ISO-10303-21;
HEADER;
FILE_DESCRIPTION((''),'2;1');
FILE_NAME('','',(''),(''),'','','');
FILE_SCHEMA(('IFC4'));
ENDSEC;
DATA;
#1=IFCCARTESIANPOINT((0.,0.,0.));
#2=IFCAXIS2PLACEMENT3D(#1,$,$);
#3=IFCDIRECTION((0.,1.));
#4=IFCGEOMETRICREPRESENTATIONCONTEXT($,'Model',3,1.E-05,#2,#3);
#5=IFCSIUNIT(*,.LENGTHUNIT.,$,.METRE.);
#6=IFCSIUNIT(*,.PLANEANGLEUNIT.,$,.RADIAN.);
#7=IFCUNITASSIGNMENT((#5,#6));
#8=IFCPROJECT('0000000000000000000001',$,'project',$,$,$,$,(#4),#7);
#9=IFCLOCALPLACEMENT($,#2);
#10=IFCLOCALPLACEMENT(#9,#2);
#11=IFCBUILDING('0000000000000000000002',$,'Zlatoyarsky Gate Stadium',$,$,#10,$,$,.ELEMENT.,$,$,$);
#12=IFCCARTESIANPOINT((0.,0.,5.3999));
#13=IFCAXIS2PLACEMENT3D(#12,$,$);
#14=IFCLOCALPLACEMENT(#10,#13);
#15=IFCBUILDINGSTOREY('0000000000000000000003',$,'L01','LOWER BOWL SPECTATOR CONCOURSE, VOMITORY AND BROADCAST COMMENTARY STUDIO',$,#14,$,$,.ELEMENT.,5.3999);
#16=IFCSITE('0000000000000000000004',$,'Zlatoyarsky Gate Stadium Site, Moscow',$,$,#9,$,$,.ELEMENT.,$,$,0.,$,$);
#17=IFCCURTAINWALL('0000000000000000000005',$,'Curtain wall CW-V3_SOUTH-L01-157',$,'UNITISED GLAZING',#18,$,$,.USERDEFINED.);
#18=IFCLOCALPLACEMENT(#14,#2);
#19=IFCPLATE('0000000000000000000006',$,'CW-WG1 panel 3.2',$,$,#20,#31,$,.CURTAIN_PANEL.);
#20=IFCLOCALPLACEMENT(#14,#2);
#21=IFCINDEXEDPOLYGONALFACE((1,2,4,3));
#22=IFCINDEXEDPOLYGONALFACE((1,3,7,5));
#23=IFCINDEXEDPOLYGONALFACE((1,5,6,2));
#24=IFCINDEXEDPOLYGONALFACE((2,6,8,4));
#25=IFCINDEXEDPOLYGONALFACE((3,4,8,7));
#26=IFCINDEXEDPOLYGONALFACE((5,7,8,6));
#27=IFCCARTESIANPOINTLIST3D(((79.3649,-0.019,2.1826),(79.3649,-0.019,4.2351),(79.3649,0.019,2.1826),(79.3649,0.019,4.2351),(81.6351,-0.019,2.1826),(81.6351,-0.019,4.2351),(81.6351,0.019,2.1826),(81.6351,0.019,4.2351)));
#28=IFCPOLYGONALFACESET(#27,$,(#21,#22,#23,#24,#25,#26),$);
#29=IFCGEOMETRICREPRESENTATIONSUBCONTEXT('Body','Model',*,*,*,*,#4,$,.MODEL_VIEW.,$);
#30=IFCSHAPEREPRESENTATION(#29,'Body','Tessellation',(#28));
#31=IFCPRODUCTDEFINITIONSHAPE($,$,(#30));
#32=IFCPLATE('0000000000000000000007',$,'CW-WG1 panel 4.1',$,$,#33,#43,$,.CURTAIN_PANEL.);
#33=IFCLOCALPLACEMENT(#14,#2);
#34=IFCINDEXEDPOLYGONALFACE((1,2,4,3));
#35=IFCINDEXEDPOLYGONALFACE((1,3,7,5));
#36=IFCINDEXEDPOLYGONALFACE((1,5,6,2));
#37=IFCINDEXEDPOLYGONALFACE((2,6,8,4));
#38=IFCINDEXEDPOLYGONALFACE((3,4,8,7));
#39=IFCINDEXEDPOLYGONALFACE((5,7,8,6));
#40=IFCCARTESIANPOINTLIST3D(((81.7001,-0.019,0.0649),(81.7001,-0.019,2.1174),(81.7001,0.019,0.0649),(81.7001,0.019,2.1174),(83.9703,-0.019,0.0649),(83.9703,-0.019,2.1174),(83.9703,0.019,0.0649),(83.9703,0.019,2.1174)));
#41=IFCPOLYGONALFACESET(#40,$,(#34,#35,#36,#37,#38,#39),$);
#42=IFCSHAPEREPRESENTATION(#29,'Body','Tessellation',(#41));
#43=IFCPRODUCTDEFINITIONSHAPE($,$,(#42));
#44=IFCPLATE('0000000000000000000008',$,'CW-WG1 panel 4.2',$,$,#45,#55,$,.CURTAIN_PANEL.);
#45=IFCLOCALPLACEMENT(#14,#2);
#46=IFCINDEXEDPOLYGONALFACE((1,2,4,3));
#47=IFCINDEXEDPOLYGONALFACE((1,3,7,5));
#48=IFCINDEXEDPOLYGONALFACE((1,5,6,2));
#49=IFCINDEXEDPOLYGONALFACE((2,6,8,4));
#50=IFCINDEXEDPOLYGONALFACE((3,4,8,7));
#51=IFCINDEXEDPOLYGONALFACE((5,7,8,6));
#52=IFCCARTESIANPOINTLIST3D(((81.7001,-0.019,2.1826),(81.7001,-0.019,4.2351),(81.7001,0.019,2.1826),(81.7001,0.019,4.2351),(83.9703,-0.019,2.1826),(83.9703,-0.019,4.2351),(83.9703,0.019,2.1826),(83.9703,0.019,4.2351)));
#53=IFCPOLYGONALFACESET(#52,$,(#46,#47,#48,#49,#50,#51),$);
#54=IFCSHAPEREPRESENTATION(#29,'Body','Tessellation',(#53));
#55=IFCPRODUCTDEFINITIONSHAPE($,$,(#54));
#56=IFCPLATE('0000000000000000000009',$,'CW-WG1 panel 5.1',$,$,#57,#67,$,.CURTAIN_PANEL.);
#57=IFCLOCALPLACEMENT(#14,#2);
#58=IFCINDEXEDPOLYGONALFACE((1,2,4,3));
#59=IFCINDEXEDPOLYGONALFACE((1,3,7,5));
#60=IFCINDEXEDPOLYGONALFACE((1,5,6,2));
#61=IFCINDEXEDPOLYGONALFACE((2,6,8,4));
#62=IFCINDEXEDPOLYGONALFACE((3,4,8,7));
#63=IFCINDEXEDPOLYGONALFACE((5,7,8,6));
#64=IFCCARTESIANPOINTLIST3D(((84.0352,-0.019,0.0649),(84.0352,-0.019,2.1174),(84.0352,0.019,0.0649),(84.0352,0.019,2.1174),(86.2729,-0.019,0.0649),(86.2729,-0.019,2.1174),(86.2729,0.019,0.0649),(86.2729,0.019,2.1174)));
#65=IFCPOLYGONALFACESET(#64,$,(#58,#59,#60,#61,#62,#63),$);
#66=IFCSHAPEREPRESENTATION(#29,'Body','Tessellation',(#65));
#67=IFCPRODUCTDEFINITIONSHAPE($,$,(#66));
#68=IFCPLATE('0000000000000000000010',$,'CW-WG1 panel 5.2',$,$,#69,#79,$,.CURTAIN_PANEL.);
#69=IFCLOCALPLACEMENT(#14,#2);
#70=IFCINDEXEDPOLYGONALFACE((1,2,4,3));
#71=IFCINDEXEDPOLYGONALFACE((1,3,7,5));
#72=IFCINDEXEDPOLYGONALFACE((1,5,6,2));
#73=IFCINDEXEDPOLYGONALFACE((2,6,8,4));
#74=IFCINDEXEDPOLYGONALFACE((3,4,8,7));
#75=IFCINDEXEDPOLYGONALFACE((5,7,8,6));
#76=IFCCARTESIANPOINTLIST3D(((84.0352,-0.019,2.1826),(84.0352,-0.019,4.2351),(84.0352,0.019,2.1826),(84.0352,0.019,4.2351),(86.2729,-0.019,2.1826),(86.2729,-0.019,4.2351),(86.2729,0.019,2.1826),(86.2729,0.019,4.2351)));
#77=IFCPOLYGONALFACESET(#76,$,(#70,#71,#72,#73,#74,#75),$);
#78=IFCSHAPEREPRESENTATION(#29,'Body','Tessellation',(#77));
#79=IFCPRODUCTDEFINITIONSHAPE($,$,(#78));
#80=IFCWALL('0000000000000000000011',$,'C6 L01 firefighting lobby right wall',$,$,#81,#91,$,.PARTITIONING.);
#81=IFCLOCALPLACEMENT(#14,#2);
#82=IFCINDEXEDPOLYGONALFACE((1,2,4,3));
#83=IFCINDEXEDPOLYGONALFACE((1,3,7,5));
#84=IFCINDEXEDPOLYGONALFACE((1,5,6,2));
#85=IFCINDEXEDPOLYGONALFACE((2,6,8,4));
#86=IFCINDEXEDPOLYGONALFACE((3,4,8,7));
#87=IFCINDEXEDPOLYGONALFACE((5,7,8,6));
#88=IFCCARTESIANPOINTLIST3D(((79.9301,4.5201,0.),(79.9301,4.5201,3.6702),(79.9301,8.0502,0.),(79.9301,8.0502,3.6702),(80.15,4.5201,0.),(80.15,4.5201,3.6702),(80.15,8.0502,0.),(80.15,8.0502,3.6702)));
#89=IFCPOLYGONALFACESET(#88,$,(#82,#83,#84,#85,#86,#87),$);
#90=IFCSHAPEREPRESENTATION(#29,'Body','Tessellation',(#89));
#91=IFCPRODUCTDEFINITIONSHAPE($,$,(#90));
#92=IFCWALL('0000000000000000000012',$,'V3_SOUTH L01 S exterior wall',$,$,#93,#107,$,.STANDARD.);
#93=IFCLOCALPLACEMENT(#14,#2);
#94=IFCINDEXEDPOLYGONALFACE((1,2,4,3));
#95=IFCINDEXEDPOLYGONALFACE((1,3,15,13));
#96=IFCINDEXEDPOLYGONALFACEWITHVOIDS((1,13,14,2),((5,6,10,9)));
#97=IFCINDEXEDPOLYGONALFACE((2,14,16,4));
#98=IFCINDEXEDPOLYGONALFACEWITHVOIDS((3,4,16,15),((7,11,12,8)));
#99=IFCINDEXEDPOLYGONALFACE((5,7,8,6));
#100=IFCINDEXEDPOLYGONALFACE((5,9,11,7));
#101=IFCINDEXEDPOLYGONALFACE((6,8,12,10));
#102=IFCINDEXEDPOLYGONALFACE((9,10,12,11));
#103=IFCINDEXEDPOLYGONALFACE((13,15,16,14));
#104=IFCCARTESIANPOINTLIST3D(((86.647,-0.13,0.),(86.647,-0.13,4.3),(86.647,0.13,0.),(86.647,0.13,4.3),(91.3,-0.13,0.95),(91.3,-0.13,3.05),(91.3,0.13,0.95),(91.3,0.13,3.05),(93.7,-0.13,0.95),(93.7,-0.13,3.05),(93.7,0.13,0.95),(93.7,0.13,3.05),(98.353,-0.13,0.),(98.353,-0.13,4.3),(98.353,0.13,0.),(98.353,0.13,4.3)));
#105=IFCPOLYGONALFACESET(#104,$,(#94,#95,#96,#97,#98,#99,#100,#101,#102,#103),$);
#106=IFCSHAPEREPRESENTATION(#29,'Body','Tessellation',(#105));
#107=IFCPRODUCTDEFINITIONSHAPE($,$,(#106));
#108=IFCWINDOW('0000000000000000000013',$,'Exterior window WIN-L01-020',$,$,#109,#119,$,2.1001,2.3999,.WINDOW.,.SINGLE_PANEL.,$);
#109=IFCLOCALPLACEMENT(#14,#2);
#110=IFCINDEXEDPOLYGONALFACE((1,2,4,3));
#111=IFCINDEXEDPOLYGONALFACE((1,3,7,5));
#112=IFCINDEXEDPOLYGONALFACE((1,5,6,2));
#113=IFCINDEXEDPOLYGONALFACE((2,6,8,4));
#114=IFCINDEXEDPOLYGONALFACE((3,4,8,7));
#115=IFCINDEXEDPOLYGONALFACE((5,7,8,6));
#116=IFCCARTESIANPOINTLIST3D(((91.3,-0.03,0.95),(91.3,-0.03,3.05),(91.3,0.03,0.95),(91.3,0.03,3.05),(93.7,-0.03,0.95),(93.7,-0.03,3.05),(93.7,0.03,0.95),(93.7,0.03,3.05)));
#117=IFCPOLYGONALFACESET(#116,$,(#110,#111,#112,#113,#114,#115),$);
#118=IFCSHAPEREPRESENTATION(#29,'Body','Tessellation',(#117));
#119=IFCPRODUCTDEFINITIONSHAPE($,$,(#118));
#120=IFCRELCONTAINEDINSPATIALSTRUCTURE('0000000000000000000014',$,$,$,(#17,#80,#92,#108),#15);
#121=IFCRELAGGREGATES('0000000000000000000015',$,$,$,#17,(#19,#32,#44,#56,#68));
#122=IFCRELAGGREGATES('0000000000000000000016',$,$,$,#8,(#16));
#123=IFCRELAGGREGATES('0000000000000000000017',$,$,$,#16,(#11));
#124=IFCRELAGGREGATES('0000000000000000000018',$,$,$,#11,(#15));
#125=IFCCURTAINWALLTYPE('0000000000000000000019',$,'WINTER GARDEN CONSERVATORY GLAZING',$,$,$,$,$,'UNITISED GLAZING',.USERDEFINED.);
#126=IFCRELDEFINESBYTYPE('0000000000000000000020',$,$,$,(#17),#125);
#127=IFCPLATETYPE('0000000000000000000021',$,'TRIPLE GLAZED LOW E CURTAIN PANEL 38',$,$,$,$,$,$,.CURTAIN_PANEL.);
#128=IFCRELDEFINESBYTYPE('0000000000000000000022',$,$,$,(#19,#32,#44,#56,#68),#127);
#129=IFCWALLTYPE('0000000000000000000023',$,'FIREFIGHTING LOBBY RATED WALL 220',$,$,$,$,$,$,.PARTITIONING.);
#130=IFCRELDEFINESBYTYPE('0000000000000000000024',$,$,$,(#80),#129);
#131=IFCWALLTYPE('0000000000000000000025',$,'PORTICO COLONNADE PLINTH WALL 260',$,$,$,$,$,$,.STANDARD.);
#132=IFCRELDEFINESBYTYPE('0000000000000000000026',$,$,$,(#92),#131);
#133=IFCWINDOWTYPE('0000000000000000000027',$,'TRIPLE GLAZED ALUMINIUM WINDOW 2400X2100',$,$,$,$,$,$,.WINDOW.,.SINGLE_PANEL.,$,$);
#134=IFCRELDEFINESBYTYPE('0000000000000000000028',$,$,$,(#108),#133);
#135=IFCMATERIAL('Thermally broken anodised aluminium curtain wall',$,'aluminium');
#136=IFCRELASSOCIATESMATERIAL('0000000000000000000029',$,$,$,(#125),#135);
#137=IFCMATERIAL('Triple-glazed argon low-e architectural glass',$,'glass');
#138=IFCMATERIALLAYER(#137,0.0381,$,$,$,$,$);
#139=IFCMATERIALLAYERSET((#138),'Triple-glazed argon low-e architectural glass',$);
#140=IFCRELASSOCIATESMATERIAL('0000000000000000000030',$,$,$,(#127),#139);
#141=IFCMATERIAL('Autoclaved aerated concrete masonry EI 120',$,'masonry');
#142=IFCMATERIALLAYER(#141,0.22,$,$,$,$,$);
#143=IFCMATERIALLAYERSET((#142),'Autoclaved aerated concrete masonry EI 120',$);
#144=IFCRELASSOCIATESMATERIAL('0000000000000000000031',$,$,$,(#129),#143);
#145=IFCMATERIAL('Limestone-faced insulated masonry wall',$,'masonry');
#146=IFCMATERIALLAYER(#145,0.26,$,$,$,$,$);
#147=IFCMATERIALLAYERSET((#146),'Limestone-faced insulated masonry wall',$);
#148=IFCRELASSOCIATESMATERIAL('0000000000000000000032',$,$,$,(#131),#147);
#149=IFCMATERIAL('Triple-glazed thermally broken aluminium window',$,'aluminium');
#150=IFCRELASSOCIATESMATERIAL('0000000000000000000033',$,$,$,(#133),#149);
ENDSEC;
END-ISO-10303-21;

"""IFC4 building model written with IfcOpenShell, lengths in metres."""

from ifc_helpers import new_model, si_unit, direction, frame, frame_2d, origin, origin_2d, place, context, subcontext, project, spatial, rectangle, extrude, material, layer, layer_set, type_object, element, fill, aggregate, save


model = new_model("IFC4")

# Units and contexts
model_context = context("Model", 3, precision=1e-05, world=origin(), true_north=direction((0.0, 1.0)))
body_context = subcontext(model_context, "Body", "Model", "MODEL_VIEW")
ifc_project = project(units=[si_unit("LENGTHUNIT", "METRE"), si_unit("PLANEANGLEUNIT", "RADIAN")], contexts=[model_context])

# Site, building, storey
site_placement = place(None, origin())
site = spatial("IfcSite", under=ifc_project, at=site_placement, Name="Zlatoyarsky Gate Stadium Site, Moscow", CompositionType="ELEMENT", RefElevation=0.0)
building_placement = place(site_placement, origin())
building = spatial("IfcBuilding", under=site, at=building_placement, Name="Zlatoyarsky Gate Stadium", CompositionType="ELEMENT")
storey_placement = place(building_placement, frame((0.0, 0.0, 5.3999)))
storey = spatial("IfcBuildingStorey", under=building, at=storey_placement, Name="L01", Description="LOWER BOWL SPECTATOR CONCOURSE, VOMITORY AND BROADCAST COMMENTARY STUDIO", CompositionType="ELEMENT", Elevation=5.3999)

# Curtain wall
ifc_material_1 = material(Name="Thermally broken anodised aluminium curtain wall", Category="aluminium")
curtain_wall_type_1 = type_object("IfcCurtainWallType", Name="WINTER GARDEN CONSERVATORY GLAZING", ElementType="UNITISED GLAZING", PredefinedType="USERDEFINED", material=ifc_material_1)
curtain_wall_1_placement = place(storey_placement, origin())
curtain_wall_1 = element("IfcCurtainWall", 1, at=curtain_wall_1_placement, inside=storey, type_object=curtain_wall_type_1, Name="Curtain wall CW-V3_SOUTH-L01-157", ObjectType="UNITISED GLAZING", PredefinedType="USERDEFINED")

# Plates
ifc_material_2 = material(Name="Triple-glazed argon low-e architectural glass", Category="glass")
ifc_layer_1 = layer(ifc_material_2, 0.0381)
ifc_layer_set_1 = layer_set([ifc_layer_1], Name="Triple-glazed argon low-e architectural glass")
plate_type_1 = type_object("IfcPlateType", Name="TRIPLE GLAZED LOW E CURTAIN PANEL 38", PredefinedType="CURTAIN_PANEL", material=ifc_layer_set_1)
plate_1_placement = place(storey_placement, frame((80.5, 0.0, 2.1826), z_axis=(0.0, 0.0, 1.0), x_axis=(1.0, 0.0, 0.0)))
plate_1 = element("IfcPlate", 2, at=plate_1_placement, type_object=plate_type_1, Name="CW-WG1 panel 3.2", PredefinedType="CURTAIN_PANEL", context=body_context, shape_type="SweptSolid", body=[
    extrude(rectangle(XDim=2.2703, YDim=0.0381, at=origin_2d()), origin(), (0.0, 0.0, 1.0), 2.0525),
])
plate_2_placement = place(storey_placement, frame((82.8352, 0.0, 0.0649), z_axis=(0.0, 0.0, 1.0), x_axis=(1.0, 0.0, 0.0)))
plate_2 = element("IfcPlate", 3, at=plate_2_placement, type_object=plate_type_1, Name="CW-WG1 panel 4.1", PredefinedType="CURTAIN_PANEL", context=body_context, shape_type="SweptSolid", body=[
    extrude(rectangle(XDim=2.2703, YDim=0.0381, at=origin_2d()), origin(), (0.0, 0.0, 1.0), 2.0525),
])
plate_3_placement = place(storey_placement, frame((82.8352, 0.0, 2.1826), z_axis=(0.0, 0.0, 1.0), x_axis=(1.0, 0.0, 0.0)))
plate_3 = element("IfcPlate", 4, at=plate_3_placement, type_object=plate_type_1, Name="CW-WG1 panel 4.2", PredefinedType="CURTAIN_PANEL", context=body_context, shape_type="SweptSolid", body=[
    extrude(rectangle(XDim=2.2703, YDim=0.0381, at=origin_2d()), origin(), (0.0, 0.0, 1.0), 2.0525),
])
plate_4_placement = place(storey_placement, frame((85.1541, 0.0, 0.0649), z_axis=(0.0, 0.0, 1.0), x_axis=(1.0, 0.0, 0.0)))
plate_4 = element("IfcPlate", 5, at=plate_4_placement, type_object=plate_type_1, Name="CW-WG1 panel 5.1", PredefinedType="CURTAIN_PANEL", context=body_context, shape_type="SweptSolid", body=[
    extrude(rectangle(XDim=2.2378, YDim=0.0381, at=origin_2d()), origin(), (0.0, 0.0, 1.0), 2.0525),
])
plate_5_placement = place(storey_placement, frame((85.1541, 0.0, 2.1826), z_axis=(0.0, 0.0, 1.0), x_axis=(1.0, 0.0, 0.0)))
plate_5 = element("IfcPlate", 6, at=plate_5_placement, type_object=plate_type_1, Name="CW-WG1 panel 5.2", PredefinedType="CURTAIN_PANEL", context=body_context, shape_type="SweptSolid", body=[
    extrude(rectangle(XDim=2.2378, YDim=0.0381, at=origin_2d()), origin(), (0.0, 0.0, 1.0), 2.0525),
])
aggregate(curtain_wall_1, [plate_1, plate_2, plate_3, plate_4, plate_5])

# Wall
ifc_material_3 = material(Name="Autoclaved aerated concrete masonry EI 120", Category="masonry")
ifc_layer_2 = layer(ifc_material_3, 0.22)
ifc_layer_set_2 = layer_set([ifc_layer_2], Name="Autoclaved aerated concrete masonry EI 120")
wall_type_1 = type_object("IfcWallType", Name="FIREFIGHTING LOBBY RATED WALL 220", PredefinedType="PARTITIONING", material=ifc_layer_set_2)
wall_1_placement = place(storey_placement, frame((80.04, 4.52, 0.0), z_axis=(0.0, 0.0, 1.0), x_axis=(0.0, 1.0, 0.0)))
element("IfcWall", 7, at=wall_1_placement, inside=storey, type_object=wall_type_1, Name="C6 L01 firefighting lobby right wall", PredefinedType="PARTITIONING", context=body_context, shape_type="SweptSolid", body=[
    extrude(rectangle(XDim=3.53, YDim=0.22, at=frame_2d((1.7651, 0.0))), origin(), (0.0, 0.0, 1.0), 3.6702),
])

# Wall, opening, window
ifc_material_4 = material(Name="Limestone-faced insulated masonry wall", Category="masonry")
ifc_layer_3 = layer(ifc_material_4, 0.26)
ifc_layer_set_3 = layer_set([ifc_layer_3], Name="Limestone-faced insulated masonry wall")
wall_type_2 = type_object("IfcWallType", Name="PORTICO COLONNADE PLINTH WALL 260", PredefinedType="STANDARD", material=ifc_layer_set_3)
wall_2_placement = place(storey_placement, frame((86.647, 0.0, 0.0), z_axis=(0.0, 0.0, 1.0), x_axis=(1.0, 0.0, 0.0)))
wall_2 = element("IfcWall", 8, at=wall_2_placement, inside=storey, type_object=wall_type_2, Name="V3_SOUTH L01 S exterior wall", PredefinedType="STANDARD", context=body_context, shape_type="SweptSolid", body=[
    extrude(rectangle(XDim=11.7061, YDim=0.26, at=frame_2d((5.853, 0.0))), origin(), (0.0, 0.0, 1.0), 4.3),
])
opening_placement = place(wall_2_placement, frame((4.6531, 0.0, 0.95)))
opening = element("IfcOpeningElement", 9, at=opening_placement, cuts=wall_2, PredefinedType="OPENING", context=body_context, shape_type="SweptSolid", body=[
    extrude(rectangle(XDim=2.3999, YDim=2.1001, at=frame_2d((1.2, 1.05))), frame((0.0, 0.1399, 0.0), z_axis=(0.0, -1.0, 0.0), x_axis=(1.0, 0.0, 0.0)), (0.0, 0.0, 1.0), 0.28),
])
ifc_material_5 = material(Name="Triple-glazed thermally broken aluminium window", Category="aluminium")
window_type = type_object("IfcWindowType", Name="TRIPLE GLAZED ALUMINIUM WINDOW 2400X2100", PartitioningType="SINGLE_PANEL", PredefinedType="WINDOW", material=ifc_material_5)
window_placement = place(opening_placement, origin())
window = element("IfcWindow", 10, at=window_placement, inside=storey, type_object=window_type, Name="Exterior window WIN-L01-020", OverallHeight=2.1001, OverallWidth=2.3999, PartitioningType="SINGLE_PANEL", PredefinedType="WINDOW", context=body_context, shape_type="SweptSolid", body=[
    extrude(rectangle(XDim=2.3999, YDim=2.1001, at=frame_2d((1.2, 1.05))), frame((0.0, 0.03, 0.0), z_axis=(0.0, -1.0, 0.0), x_axis=(1.0, 0.0, 0.0)), (0.0, 0.0, 1.0), 0.0601),
])
fill(opening, window)

save(model, "model.ifc")
